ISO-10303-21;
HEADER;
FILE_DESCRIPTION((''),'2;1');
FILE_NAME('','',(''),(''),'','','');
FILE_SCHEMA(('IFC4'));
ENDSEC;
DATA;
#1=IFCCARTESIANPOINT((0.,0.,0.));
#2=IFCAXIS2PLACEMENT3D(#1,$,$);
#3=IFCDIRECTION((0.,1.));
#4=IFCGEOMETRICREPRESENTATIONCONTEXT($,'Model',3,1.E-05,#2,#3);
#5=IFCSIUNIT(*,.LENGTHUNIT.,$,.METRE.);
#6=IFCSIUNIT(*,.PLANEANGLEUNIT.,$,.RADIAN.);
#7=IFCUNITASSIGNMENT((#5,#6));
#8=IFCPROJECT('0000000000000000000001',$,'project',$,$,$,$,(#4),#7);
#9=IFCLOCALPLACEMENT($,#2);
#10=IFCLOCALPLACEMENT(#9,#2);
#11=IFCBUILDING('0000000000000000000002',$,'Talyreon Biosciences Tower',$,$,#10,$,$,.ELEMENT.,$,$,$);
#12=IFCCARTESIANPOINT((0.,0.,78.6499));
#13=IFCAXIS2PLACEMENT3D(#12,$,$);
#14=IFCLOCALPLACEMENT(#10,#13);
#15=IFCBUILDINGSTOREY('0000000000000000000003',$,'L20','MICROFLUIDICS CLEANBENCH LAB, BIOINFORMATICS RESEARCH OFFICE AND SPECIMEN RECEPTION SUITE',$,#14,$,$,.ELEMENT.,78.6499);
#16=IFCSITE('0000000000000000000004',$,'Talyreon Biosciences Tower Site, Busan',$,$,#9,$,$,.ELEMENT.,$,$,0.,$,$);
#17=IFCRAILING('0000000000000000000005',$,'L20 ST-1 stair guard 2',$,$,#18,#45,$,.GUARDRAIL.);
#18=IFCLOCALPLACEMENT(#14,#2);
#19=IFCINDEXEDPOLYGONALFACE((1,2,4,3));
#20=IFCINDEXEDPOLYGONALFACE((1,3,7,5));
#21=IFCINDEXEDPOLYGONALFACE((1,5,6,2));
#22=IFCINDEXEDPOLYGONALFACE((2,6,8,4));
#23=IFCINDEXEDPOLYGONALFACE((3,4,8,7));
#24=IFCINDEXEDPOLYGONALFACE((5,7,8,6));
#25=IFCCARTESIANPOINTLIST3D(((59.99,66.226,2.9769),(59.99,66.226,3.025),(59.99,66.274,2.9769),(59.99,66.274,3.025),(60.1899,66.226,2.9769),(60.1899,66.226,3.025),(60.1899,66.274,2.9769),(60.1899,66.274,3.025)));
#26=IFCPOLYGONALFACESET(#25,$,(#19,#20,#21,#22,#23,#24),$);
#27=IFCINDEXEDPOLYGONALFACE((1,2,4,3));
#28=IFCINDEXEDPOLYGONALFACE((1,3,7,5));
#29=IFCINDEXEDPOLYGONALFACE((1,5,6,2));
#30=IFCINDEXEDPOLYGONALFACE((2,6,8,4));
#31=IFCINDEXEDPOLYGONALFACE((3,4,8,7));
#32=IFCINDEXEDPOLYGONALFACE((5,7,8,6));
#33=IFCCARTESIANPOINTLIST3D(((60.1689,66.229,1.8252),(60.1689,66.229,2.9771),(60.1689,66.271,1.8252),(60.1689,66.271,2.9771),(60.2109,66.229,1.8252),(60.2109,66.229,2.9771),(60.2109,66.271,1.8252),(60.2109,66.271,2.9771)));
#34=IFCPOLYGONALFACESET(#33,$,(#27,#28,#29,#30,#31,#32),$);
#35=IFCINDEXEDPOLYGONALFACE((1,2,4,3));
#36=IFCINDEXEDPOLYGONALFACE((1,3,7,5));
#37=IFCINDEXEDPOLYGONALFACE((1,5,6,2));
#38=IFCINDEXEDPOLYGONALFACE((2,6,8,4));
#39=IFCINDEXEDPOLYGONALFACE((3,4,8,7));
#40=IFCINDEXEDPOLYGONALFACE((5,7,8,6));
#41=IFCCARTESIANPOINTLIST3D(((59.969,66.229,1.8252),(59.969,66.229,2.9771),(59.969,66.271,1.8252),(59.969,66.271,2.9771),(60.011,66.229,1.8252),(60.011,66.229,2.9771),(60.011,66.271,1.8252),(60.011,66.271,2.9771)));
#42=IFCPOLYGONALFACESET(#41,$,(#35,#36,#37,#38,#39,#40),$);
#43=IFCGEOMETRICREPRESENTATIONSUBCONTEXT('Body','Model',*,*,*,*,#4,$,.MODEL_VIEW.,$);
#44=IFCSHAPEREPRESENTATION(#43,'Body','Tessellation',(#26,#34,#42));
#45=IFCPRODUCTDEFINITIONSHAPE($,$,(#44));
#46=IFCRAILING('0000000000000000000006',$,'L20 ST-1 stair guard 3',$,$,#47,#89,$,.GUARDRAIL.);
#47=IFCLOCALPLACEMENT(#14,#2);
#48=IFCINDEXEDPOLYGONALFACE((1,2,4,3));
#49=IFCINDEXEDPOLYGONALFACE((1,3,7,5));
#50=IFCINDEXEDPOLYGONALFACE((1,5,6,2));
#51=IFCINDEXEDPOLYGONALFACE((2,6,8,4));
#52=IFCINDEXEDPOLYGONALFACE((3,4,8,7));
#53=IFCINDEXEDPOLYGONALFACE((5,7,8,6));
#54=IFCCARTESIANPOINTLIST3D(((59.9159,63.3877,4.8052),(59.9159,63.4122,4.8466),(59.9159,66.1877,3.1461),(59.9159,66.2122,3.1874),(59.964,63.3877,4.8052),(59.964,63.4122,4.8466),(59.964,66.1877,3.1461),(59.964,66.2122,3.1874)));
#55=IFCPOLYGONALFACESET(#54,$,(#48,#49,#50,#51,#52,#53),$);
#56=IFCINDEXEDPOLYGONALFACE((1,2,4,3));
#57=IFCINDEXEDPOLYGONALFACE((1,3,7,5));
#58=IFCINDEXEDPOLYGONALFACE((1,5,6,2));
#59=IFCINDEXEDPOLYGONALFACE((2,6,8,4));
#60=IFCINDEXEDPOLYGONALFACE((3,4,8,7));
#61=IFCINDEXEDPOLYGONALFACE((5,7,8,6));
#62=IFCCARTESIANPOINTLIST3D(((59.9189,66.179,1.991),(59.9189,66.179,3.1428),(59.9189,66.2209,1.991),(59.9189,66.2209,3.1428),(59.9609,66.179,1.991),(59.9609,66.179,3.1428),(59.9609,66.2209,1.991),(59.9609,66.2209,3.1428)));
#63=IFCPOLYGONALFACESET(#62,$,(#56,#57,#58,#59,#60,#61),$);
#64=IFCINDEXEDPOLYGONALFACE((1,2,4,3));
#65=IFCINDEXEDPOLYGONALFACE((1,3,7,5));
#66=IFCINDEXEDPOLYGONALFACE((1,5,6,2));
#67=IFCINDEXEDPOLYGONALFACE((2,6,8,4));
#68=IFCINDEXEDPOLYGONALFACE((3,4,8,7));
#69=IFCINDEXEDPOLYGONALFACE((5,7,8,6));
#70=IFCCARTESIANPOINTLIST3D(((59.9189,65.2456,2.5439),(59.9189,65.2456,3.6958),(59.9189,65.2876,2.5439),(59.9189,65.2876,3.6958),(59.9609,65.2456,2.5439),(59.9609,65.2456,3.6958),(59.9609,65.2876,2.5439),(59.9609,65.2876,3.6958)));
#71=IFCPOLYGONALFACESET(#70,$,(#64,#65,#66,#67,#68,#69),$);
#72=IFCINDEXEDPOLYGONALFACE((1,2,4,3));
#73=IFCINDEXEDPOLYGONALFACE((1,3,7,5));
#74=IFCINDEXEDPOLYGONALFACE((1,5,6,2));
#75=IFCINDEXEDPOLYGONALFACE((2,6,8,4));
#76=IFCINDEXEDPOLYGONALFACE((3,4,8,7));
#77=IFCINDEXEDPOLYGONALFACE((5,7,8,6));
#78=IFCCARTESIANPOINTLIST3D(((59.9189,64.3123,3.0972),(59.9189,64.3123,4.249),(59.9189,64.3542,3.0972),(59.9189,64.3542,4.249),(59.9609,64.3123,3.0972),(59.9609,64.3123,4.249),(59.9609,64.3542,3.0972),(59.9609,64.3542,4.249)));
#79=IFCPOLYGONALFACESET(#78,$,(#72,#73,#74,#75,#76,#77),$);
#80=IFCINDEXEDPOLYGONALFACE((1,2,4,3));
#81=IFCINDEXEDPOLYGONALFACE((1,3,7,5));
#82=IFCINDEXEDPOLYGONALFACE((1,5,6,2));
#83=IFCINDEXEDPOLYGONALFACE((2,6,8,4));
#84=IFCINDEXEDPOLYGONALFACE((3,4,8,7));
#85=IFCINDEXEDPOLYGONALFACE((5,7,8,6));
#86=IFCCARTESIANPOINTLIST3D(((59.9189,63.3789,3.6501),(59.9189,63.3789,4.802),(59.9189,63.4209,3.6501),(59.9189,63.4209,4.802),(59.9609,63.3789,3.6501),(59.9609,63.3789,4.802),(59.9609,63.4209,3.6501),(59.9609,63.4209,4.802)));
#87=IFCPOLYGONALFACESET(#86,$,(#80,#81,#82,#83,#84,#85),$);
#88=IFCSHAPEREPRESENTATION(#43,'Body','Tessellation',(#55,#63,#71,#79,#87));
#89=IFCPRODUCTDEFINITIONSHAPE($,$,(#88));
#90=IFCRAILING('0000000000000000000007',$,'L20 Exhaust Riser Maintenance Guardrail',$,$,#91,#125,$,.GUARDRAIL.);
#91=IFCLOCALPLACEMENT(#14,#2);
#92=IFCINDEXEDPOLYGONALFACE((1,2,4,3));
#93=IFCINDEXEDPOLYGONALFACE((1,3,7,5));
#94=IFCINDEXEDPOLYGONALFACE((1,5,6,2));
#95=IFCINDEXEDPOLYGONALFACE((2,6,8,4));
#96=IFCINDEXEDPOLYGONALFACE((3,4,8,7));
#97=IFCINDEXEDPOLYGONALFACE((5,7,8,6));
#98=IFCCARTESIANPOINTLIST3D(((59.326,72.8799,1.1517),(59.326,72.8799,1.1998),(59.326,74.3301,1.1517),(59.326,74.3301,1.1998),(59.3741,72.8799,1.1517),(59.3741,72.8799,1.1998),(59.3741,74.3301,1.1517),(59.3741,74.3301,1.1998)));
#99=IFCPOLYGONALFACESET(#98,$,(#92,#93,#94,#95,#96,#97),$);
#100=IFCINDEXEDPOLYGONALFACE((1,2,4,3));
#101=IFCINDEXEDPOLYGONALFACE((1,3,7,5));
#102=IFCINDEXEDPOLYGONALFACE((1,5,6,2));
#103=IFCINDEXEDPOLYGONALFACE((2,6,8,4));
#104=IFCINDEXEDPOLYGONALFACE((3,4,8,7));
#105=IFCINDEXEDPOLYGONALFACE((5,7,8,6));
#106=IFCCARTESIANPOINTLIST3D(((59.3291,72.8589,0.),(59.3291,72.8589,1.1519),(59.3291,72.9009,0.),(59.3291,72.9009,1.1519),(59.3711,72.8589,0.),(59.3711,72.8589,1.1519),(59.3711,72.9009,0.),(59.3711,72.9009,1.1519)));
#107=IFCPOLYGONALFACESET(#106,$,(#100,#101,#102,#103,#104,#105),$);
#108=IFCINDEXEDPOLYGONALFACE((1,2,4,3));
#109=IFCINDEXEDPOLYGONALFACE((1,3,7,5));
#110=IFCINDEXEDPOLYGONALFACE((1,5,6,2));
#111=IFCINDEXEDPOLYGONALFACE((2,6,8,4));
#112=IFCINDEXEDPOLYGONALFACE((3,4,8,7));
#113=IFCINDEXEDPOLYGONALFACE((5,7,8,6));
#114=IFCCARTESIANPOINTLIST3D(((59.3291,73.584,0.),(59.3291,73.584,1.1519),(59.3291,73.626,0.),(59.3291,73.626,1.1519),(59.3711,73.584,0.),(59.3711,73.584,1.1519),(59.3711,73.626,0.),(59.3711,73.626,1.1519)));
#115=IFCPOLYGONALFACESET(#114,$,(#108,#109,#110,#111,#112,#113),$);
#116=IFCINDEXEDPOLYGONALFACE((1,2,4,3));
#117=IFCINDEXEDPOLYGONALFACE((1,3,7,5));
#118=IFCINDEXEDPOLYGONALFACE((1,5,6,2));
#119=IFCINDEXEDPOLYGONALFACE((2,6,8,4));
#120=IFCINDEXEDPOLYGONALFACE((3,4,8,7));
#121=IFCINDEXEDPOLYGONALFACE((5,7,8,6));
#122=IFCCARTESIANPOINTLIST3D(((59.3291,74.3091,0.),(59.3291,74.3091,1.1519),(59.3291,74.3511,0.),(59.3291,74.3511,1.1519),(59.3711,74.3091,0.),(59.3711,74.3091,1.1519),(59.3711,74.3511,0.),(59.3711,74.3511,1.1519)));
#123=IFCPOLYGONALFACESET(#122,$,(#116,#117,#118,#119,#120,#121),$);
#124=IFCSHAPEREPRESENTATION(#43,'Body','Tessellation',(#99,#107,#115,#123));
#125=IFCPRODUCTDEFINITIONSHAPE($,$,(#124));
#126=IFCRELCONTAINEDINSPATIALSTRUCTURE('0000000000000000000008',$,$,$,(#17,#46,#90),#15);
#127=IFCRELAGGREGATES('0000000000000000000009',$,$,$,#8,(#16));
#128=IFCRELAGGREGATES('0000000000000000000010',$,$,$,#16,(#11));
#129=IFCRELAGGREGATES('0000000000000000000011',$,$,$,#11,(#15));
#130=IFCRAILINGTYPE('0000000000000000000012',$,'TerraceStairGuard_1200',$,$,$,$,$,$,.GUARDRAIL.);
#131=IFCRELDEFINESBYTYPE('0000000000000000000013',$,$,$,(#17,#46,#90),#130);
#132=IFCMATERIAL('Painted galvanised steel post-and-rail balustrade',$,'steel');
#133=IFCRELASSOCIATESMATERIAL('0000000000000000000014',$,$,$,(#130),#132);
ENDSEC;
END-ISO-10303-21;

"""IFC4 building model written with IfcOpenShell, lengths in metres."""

from ifc_helpers import new_model, si_unit, direction, frame, origin, origin_2d, place, context, subcontext, project, spatial, rectangle, extrude, material, type_object, element, save


model = new_model("IFC4")

# Units and contexts
model_context = context("Model", 3, precision=1e-05, world=origin(), true_north=direction((0.0, 1.0)))
body_context = subcontext(model_context, "Body", "Model", "MODEL_VIEW")
ifc_project = project(units=[si_unit("LENGTHUNIT", "METRE"), si_unit("PLANEANGLEUNIT", "RADIAN")], contexts=[model_context])

# Site, building, storey
site_placement = place(None, origin())
site = spatial("IfcSite", under=ifc_project, at=site_placement, Name="Talyreon Biosciences Tower Site, Busan", CompositionType="ELEMENT", RefElevation=0.0)
building_placement = place(site_placement, origin())
building = spatial("IfcBuilding", under=site, at=building_placement, Name="Talyreon Biosciences Tower", CompositionType="ELEMENT")
storey_placement = place(building_placement, frame((0.0, 0.0, 78.6499)))
storey = spatial("IfcBuildingStorey", under=building, at=storey_placement, Name="L20", Description="MICROFLUIDICS CLEANBENCH LAB, BIOINFORMATICS RESEARCH OFFICE AND SPECIMEN RECEPTION SUITE", CompositionType="ELEMENT", Elevation=78.6499)

# Railings
ifc_material_1 = material(Name="Painted galvanised steel post-and-rail balustrade", Category="steel")
railing_type_1 = type_object("IfcRailingType", Name="TerraceStairGuard_1200", PredefinedType="GUARDRAIL", material=ifc_material_1)
railing_1_placement = place(storey_placement, frame((60.1899, 66.25, 1.8252)))
element("IfcRailing", 1, at=railing_1_placement, inside=storey, type_object=railing_type_1, Name="L20 ST-1 stair guard 2", PredefinedType="GUARDRAIL", context=body_context, shape_type="SweptSolid", body=[
    extrude(rectangle(XDim=0.0481, YDim=0.0481, at=origin_2d()), frame((0.0, 0.0, 1.1758), z_axis=(-1.0, 0.0, 0.0), x_axis=(0.0, -1.0, 0.0)), (0.0, 0.0, 1.0), 0.2),
    extrude(rectangle(XDim=0.042, YDim=0.042, at=origin_2d()), origin(), (0.0, 0.0, 1.0), 1.1519),
    extrude(rectangle(XDim=0.042, YDim=0.042, at=origin_2d()), frame((-0.2, 0.0, 0.0)), (0.0, 0.0, 1.0), 1.1519),
])
railing_2_placement = place(storey_placement, frame((59.9399, 66.2, 1.991)))
element("IfcRailing", 2, at=railing_2_placement, inside=storey, type_object=railing_type_1, Name="L20 ST-1 stair guard 3", PredefinedType="GUARDRAIL", context=body_context, shape_type="SweptSolid", body=[
    extrude(rectangle(XDim=0.0481, YDim=0.0481, at=origin_2d()), frame((0.0, 0.0, 1.1758), z_axis=(0.0, -0.860306, 0.509778), x_axis=(1.0, 0.0, 0.0)), (0.0, 0.0, 1.0), 3.2546),
    extrude(rectangle(XDim=0.042, YDim=0.042, at=origin_2d()), origin(), (0.0, 0.0, 1.0), 1.1519),
    extrude(rectangle(XDim=0.042, YDim=0.042, at=origin_2d()), frame((0.0, -0.9333, 0.553)), (0.0, 0.0, 1.0), 1.1519),
    extrude(rectangle(XDim=0.042, YDim=0.042, at=origin_2d()), frame((0.0, -1.8667, 1.1062)), (0.0, 0.0, 1.0), 1.1519),
    extrude(rectangle(XDim=0.042, YDim=0.042, at=origin_2d()), frame((0.0, -2.8, 1.6592)), (0.0, 0.0, 1.0), 1.1519),
])
railing_3_placement = place(storey_placement, frame((59.3501, 72.8799, 0.0)))
element("IfcRailing", 3, at=railing_3_placement, inside=storey, type_object=railing_type_1, Name="L20 Exhaust Riser Maintenance Guardrail", PredefinedType="GUARDRAIL", context=body_context, shape_type="SweptSolid", body=[
    extrude(rectangle(XDim=0.0481, YDim=0.0481, at=origin_2d()), frame((0.0, 0.0, 1.1758), z_axis=(0.0, 1.0, 0.0), x_axis=(-1.0, 0.0, 0.0)), (0.0, 0.0, 1.0), 1.4502),
    extrude(rectangle(XDim=0.042, YDim=0.042, at=origin_2d()), origin(), (0.0, 0.0, 1.0), 1.1519),
    extrude(rectangle(XDim=0.042, YDim=0.042, at=origin_2d()), frame((0.0, 0.7251, 0.0)), (0.0, 0.0, 1.0), 1.1519),
    extrude(rectangle(XDim=0.042, YDim=0.042, at=origin_2d()), frame((0.0, 1.4502, 0.0)), (0.0, 0.0, 1.0), 1.1519),
])

save(model, "model.ifc")
